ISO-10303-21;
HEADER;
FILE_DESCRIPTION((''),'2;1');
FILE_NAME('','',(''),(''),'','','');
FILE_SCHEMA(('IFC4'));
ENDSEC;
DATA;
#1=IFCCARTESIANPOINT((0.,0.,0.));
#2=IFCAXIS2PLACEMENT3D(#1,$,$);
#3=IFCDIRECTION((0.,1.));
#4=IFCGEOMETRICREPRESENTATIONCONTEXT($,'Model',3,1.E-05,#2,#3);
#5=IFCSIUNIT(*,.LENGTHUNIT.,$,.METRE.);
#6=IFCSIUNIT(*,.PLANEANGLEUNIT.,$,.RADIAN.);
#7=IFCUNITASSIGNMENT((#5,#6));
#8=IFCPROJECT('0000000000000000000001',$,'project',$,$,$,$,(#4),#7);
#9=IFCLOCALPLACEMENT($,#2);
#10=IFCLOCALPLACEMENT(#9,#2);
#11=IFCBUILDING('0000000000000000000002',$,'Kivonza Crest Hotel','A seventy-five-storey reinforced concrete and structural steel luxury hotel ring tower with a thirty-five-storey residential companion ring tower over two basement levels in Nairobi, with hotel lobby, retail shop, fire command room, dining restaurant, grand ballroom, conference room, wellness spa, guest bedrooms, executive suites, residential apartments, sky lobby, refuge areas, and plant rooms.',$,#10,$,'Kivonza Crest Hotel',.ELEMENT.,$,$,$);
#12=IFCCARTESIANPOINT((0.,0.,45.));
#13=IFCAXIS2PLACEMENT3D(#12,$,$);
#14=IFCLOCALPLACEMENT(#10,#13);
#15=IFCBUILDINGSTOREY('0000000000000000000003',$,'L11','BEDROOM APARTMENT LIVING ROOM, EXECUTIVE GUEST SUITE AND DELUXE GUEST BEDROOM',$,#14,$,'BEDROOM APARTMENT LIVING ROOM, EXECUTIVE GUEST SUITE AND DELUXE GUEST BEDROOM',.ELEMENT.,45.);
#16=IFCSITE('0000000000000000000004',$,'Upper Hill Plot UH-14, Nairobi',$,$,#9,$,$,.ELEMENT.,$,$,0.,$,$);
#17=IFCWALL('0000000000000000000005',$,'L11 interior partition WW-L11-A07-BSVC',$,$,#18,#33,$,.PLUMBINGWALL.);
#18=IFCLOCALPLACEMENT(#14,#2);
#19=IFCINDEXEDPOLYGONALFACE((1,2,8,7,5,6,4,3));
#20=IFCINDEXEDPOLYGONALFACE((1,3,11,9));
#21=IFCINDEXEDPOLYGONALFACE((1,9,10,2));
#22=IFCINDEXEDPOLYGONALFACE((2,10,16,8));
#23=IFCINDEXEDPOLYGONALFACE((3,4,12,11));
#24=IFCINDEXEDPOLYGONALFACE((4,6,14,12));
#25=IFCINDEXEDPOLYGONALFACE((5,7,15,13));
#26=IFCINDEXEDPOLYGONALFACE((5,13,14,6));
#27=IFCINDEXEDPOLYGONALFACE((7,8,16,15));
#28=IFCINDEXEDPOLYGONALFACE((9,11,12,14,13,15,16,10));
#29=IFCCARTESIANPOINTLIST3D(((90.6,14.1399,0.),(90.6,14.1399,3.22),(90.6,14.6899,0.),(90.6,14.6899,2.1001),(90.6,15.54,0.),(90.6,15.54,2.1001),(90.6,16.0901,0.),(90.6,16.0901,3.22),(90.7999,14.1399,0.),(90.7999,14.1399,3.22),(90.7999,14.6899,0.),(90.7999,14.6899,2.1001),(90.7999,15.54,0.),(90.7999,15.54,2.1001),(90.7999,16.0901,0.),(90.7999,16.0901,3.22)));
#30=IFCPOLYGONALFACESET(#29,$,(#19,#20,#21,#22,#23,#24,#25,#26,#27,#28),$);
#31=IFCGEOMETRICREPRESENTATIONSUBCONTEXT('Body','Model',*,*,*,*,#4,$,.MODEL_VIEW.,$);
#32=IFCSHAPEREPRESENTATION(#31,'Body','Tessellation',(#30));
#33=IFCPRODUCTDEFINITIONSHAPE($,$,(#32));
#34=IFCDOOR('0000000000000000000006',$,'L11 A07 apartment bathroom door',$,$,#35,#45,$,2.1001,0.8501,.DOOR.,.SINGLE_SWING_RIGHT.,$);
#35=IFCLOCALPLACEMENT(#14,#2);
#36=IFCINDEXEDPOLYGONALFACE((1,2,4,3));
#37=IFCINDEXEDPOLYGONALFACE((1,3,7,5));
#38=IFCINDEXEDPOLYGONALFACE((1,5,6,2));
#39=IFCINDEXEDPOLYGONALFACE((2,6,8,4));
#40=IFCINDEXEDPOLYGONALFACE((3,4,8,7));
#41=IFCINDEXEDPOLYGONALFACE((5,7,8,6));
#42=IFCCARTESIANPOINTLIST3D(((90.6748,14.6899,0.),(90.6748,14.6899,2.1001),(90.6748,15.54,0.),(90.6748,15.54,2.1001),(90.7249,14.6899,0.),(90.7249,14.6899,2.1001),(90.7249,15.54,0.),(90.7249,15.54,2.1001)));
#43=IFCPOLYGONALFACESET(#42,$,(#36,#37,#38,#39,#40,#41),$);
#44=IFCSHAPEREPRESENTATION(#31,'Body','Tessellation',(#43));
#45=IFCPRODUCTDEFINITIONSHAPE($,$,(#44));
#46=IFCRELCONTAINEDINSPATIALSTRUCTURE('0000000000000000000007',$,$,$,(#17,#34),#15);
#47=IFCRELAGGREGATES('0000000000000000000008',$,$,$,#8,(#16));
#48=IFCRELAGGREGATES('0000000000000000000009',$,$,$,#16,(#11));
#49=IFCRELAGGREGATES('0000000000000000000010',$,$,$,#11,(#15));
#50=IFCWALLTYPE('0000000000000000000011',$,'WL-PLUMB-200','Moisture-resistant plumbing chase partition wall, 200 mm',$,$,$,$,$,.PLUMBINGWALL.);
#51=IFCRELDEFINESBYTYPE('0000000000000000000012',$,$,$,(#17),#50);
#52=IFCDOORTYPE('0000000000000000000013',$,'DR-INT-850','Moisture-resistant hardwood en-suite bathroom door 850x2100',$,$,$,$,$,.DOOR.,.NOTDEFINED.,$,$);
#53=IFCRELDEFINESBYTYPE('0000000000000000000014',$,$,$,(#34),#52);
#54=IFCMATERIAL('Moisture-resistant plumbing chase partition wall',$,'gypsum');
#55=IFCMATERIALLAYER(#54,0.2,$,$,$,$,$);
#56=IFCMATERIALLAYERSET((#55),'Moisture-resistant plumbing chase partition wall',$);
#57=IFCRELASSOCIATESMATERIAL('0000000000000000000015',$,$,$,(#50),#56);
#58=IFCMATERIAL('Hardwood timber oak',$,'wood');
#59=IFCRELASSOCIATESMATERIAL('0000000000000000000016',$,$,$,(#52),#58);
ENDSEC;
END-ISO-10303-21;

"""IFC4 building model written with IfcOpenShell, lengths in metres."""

from ifc_helpers import new_model, si_unit, direction, frame, frame_2d, origin, place, context, subcontext, project, spatial, rectangle, extrude, material, layer, layer_set, type_object, element, fill, save


model = new_model("IFC4")

# Units and contexts
model_context = context("Model", 3, precision=1e-05, world=origin(), true_north=direction((0.0, 1.0)))
body_context = subcontext(model_context, "Body", "Model", "MODEL_VIEW")
ifc_project = project(units=[si_unit("LENGTHUNIT", "METRE"), si_unit("PLANEANGLEUNIT", "RADIAN")], contexts=[model_context])

# Site, building, storey
site_placement = place(None, origin())
site = spatial("IfcSite", under=ifc_project, at=site_placement, Name="Upper Hill Plot UH-14, Nairobi", CompositionType="ELEMENT", RefElevation=0.0)
building_placement = place(site_placement, origin())
building = spatial("IfcBuilding", under=site, at=building_placement, Name="Kivonza Crest Hotel", Description="A seventy-five-storey reinforced concrete and structural steel luxury hotel ring tower with a thirty-five-storey residential companion ring tower over two basement levels in Nairobi, with hotel lobby, retail shop, fire command room, dining restaurant, grand ballroom, conference room, wellness spa, guest bedrooms, executive suites, residential apartments, sky lobby, refuge areas, and plant rooms.", LongName="Kivonza Crest Hotel", CompositionType="ELEMENT")
storey_placement = place(building_placement, frame((0.0, 0.0, 45.0)))
storey = spatial("IfcBuildingStorey", under=building, at=storey_placement, Name="L11", Description="BEDROOM APARTMENT LIVING ROOM, EXECUTIVE GUEST SUITE AND DELUXE GUEST BEDROOM", LongName="BEDROOM APARTMENT LIVING ROOM, EXECUTIVE GUEST SUITE AND DELUXE GUEST BEDROOM", CompositionType="ELEMENT", Elevation=45.0)

# Shared definitions
ifc_material_1 = material(Name="Hardwood timber oak", Category="wood")

# Wall, opening, door
ifc_material_2 = material(Name="Moisture-resistant plumbing chase partition wall", Category="gypsum")
ifc_layer_1 = layer(ifc_material_2, 0.2)
ifc_layer_set_1 = layer_set([ifc_layer_1], Name="Moisture-resistant plumbing chase partition wall")
wall_type_1 = type_object("IfcWallType", Name="WL-PLUMB-200", Description="Moisture-resistant plumbing chase partition wall, 200 mm", PredefinedType="PLUMBINGWALL", material=ifc_layer_set_1)
wall_1_placement = place(storey_placement, frame((90.7, 14.1399, 0.0), z_axis=(0.0, 0.0, 1.0), x_axis=(0.0, 1.0, 0.0)))
wall_1 = element("IfcWall", 1, at=wall_1_placement, inside=storey, type_object=wall_type_1, Name="L11 interior partition WW-L11-A07-BSVC", PredefinedType="PLUMBINGWALL", context=body_context, shape_type="SweptSolid", body=[
    extrude(rectangle(XDim=1.9502, YDim=0.2, at=frame_2d((0.9751, 0.0))), origin(), (0.0, 0.0, 1.0), 3.22),
])
opening_1_placement = place(wall_1_placement, frame((0.55, 0.0, 0.0)))
opening_1 = element("IfcOpeningElement", 2, at=opening_1_placement, cuts=wall_1, PredefinedType="OPENING", context=body_context, shape_type="SweptSolid", body=[
    extrude(rectangle(XDim=0.8501, YDim=2.1001, at=frame_2d((0.425, 1.05))), frame((0.0, 0.1099, 0.0), z_axis=(0.0, -1.0, 0.0), x_axis=(1.0, 0.0, 0.0)), (0.0, 0.0, 1.0), 0.22),
])
door_type_1 = type_object("IfcDoorType", Name="DR-INT-850", Description="Moisture-resistant hardwood en-suite bathroom door 850x2100", OperationType="NOTDEFINED", PredefinedType="DOOR", material=ifc_material_1)
door_1_placement = place(opening_1_placement, frame((0.8501, 0.0, 0.0), z_axis=(0.0, 0.0, 1.0), x_axis=(-1.0, 0.0, 0.0)))
door_1 = element("IfcDoor", 3, at=door_1_placement, inside=storey, type_object=door_type_1, Name="L11 A07 apartment bathroom door", OperationType="SINGLE_SWING_RIGHT", OverallHeight=2.1001, OverallWidth=0.8501, PredefinedType="DOOR", context=body_context, shape_type="SweptSolid", body=[
    extrude(rectangle(XDim=0.8501, YDim=2.1001, at=frame_2d((0.425, 1.05))), frame((0.0, 0.0249, 0.0), z_axis=(0.0, -1.0, 0.0), x_axis=(1.0, 0.0, 0.0)), (0.0, 0.0, 1.0), 0.05),
])
fill(opening_1, door_1)

save(model, "model.ifc")
